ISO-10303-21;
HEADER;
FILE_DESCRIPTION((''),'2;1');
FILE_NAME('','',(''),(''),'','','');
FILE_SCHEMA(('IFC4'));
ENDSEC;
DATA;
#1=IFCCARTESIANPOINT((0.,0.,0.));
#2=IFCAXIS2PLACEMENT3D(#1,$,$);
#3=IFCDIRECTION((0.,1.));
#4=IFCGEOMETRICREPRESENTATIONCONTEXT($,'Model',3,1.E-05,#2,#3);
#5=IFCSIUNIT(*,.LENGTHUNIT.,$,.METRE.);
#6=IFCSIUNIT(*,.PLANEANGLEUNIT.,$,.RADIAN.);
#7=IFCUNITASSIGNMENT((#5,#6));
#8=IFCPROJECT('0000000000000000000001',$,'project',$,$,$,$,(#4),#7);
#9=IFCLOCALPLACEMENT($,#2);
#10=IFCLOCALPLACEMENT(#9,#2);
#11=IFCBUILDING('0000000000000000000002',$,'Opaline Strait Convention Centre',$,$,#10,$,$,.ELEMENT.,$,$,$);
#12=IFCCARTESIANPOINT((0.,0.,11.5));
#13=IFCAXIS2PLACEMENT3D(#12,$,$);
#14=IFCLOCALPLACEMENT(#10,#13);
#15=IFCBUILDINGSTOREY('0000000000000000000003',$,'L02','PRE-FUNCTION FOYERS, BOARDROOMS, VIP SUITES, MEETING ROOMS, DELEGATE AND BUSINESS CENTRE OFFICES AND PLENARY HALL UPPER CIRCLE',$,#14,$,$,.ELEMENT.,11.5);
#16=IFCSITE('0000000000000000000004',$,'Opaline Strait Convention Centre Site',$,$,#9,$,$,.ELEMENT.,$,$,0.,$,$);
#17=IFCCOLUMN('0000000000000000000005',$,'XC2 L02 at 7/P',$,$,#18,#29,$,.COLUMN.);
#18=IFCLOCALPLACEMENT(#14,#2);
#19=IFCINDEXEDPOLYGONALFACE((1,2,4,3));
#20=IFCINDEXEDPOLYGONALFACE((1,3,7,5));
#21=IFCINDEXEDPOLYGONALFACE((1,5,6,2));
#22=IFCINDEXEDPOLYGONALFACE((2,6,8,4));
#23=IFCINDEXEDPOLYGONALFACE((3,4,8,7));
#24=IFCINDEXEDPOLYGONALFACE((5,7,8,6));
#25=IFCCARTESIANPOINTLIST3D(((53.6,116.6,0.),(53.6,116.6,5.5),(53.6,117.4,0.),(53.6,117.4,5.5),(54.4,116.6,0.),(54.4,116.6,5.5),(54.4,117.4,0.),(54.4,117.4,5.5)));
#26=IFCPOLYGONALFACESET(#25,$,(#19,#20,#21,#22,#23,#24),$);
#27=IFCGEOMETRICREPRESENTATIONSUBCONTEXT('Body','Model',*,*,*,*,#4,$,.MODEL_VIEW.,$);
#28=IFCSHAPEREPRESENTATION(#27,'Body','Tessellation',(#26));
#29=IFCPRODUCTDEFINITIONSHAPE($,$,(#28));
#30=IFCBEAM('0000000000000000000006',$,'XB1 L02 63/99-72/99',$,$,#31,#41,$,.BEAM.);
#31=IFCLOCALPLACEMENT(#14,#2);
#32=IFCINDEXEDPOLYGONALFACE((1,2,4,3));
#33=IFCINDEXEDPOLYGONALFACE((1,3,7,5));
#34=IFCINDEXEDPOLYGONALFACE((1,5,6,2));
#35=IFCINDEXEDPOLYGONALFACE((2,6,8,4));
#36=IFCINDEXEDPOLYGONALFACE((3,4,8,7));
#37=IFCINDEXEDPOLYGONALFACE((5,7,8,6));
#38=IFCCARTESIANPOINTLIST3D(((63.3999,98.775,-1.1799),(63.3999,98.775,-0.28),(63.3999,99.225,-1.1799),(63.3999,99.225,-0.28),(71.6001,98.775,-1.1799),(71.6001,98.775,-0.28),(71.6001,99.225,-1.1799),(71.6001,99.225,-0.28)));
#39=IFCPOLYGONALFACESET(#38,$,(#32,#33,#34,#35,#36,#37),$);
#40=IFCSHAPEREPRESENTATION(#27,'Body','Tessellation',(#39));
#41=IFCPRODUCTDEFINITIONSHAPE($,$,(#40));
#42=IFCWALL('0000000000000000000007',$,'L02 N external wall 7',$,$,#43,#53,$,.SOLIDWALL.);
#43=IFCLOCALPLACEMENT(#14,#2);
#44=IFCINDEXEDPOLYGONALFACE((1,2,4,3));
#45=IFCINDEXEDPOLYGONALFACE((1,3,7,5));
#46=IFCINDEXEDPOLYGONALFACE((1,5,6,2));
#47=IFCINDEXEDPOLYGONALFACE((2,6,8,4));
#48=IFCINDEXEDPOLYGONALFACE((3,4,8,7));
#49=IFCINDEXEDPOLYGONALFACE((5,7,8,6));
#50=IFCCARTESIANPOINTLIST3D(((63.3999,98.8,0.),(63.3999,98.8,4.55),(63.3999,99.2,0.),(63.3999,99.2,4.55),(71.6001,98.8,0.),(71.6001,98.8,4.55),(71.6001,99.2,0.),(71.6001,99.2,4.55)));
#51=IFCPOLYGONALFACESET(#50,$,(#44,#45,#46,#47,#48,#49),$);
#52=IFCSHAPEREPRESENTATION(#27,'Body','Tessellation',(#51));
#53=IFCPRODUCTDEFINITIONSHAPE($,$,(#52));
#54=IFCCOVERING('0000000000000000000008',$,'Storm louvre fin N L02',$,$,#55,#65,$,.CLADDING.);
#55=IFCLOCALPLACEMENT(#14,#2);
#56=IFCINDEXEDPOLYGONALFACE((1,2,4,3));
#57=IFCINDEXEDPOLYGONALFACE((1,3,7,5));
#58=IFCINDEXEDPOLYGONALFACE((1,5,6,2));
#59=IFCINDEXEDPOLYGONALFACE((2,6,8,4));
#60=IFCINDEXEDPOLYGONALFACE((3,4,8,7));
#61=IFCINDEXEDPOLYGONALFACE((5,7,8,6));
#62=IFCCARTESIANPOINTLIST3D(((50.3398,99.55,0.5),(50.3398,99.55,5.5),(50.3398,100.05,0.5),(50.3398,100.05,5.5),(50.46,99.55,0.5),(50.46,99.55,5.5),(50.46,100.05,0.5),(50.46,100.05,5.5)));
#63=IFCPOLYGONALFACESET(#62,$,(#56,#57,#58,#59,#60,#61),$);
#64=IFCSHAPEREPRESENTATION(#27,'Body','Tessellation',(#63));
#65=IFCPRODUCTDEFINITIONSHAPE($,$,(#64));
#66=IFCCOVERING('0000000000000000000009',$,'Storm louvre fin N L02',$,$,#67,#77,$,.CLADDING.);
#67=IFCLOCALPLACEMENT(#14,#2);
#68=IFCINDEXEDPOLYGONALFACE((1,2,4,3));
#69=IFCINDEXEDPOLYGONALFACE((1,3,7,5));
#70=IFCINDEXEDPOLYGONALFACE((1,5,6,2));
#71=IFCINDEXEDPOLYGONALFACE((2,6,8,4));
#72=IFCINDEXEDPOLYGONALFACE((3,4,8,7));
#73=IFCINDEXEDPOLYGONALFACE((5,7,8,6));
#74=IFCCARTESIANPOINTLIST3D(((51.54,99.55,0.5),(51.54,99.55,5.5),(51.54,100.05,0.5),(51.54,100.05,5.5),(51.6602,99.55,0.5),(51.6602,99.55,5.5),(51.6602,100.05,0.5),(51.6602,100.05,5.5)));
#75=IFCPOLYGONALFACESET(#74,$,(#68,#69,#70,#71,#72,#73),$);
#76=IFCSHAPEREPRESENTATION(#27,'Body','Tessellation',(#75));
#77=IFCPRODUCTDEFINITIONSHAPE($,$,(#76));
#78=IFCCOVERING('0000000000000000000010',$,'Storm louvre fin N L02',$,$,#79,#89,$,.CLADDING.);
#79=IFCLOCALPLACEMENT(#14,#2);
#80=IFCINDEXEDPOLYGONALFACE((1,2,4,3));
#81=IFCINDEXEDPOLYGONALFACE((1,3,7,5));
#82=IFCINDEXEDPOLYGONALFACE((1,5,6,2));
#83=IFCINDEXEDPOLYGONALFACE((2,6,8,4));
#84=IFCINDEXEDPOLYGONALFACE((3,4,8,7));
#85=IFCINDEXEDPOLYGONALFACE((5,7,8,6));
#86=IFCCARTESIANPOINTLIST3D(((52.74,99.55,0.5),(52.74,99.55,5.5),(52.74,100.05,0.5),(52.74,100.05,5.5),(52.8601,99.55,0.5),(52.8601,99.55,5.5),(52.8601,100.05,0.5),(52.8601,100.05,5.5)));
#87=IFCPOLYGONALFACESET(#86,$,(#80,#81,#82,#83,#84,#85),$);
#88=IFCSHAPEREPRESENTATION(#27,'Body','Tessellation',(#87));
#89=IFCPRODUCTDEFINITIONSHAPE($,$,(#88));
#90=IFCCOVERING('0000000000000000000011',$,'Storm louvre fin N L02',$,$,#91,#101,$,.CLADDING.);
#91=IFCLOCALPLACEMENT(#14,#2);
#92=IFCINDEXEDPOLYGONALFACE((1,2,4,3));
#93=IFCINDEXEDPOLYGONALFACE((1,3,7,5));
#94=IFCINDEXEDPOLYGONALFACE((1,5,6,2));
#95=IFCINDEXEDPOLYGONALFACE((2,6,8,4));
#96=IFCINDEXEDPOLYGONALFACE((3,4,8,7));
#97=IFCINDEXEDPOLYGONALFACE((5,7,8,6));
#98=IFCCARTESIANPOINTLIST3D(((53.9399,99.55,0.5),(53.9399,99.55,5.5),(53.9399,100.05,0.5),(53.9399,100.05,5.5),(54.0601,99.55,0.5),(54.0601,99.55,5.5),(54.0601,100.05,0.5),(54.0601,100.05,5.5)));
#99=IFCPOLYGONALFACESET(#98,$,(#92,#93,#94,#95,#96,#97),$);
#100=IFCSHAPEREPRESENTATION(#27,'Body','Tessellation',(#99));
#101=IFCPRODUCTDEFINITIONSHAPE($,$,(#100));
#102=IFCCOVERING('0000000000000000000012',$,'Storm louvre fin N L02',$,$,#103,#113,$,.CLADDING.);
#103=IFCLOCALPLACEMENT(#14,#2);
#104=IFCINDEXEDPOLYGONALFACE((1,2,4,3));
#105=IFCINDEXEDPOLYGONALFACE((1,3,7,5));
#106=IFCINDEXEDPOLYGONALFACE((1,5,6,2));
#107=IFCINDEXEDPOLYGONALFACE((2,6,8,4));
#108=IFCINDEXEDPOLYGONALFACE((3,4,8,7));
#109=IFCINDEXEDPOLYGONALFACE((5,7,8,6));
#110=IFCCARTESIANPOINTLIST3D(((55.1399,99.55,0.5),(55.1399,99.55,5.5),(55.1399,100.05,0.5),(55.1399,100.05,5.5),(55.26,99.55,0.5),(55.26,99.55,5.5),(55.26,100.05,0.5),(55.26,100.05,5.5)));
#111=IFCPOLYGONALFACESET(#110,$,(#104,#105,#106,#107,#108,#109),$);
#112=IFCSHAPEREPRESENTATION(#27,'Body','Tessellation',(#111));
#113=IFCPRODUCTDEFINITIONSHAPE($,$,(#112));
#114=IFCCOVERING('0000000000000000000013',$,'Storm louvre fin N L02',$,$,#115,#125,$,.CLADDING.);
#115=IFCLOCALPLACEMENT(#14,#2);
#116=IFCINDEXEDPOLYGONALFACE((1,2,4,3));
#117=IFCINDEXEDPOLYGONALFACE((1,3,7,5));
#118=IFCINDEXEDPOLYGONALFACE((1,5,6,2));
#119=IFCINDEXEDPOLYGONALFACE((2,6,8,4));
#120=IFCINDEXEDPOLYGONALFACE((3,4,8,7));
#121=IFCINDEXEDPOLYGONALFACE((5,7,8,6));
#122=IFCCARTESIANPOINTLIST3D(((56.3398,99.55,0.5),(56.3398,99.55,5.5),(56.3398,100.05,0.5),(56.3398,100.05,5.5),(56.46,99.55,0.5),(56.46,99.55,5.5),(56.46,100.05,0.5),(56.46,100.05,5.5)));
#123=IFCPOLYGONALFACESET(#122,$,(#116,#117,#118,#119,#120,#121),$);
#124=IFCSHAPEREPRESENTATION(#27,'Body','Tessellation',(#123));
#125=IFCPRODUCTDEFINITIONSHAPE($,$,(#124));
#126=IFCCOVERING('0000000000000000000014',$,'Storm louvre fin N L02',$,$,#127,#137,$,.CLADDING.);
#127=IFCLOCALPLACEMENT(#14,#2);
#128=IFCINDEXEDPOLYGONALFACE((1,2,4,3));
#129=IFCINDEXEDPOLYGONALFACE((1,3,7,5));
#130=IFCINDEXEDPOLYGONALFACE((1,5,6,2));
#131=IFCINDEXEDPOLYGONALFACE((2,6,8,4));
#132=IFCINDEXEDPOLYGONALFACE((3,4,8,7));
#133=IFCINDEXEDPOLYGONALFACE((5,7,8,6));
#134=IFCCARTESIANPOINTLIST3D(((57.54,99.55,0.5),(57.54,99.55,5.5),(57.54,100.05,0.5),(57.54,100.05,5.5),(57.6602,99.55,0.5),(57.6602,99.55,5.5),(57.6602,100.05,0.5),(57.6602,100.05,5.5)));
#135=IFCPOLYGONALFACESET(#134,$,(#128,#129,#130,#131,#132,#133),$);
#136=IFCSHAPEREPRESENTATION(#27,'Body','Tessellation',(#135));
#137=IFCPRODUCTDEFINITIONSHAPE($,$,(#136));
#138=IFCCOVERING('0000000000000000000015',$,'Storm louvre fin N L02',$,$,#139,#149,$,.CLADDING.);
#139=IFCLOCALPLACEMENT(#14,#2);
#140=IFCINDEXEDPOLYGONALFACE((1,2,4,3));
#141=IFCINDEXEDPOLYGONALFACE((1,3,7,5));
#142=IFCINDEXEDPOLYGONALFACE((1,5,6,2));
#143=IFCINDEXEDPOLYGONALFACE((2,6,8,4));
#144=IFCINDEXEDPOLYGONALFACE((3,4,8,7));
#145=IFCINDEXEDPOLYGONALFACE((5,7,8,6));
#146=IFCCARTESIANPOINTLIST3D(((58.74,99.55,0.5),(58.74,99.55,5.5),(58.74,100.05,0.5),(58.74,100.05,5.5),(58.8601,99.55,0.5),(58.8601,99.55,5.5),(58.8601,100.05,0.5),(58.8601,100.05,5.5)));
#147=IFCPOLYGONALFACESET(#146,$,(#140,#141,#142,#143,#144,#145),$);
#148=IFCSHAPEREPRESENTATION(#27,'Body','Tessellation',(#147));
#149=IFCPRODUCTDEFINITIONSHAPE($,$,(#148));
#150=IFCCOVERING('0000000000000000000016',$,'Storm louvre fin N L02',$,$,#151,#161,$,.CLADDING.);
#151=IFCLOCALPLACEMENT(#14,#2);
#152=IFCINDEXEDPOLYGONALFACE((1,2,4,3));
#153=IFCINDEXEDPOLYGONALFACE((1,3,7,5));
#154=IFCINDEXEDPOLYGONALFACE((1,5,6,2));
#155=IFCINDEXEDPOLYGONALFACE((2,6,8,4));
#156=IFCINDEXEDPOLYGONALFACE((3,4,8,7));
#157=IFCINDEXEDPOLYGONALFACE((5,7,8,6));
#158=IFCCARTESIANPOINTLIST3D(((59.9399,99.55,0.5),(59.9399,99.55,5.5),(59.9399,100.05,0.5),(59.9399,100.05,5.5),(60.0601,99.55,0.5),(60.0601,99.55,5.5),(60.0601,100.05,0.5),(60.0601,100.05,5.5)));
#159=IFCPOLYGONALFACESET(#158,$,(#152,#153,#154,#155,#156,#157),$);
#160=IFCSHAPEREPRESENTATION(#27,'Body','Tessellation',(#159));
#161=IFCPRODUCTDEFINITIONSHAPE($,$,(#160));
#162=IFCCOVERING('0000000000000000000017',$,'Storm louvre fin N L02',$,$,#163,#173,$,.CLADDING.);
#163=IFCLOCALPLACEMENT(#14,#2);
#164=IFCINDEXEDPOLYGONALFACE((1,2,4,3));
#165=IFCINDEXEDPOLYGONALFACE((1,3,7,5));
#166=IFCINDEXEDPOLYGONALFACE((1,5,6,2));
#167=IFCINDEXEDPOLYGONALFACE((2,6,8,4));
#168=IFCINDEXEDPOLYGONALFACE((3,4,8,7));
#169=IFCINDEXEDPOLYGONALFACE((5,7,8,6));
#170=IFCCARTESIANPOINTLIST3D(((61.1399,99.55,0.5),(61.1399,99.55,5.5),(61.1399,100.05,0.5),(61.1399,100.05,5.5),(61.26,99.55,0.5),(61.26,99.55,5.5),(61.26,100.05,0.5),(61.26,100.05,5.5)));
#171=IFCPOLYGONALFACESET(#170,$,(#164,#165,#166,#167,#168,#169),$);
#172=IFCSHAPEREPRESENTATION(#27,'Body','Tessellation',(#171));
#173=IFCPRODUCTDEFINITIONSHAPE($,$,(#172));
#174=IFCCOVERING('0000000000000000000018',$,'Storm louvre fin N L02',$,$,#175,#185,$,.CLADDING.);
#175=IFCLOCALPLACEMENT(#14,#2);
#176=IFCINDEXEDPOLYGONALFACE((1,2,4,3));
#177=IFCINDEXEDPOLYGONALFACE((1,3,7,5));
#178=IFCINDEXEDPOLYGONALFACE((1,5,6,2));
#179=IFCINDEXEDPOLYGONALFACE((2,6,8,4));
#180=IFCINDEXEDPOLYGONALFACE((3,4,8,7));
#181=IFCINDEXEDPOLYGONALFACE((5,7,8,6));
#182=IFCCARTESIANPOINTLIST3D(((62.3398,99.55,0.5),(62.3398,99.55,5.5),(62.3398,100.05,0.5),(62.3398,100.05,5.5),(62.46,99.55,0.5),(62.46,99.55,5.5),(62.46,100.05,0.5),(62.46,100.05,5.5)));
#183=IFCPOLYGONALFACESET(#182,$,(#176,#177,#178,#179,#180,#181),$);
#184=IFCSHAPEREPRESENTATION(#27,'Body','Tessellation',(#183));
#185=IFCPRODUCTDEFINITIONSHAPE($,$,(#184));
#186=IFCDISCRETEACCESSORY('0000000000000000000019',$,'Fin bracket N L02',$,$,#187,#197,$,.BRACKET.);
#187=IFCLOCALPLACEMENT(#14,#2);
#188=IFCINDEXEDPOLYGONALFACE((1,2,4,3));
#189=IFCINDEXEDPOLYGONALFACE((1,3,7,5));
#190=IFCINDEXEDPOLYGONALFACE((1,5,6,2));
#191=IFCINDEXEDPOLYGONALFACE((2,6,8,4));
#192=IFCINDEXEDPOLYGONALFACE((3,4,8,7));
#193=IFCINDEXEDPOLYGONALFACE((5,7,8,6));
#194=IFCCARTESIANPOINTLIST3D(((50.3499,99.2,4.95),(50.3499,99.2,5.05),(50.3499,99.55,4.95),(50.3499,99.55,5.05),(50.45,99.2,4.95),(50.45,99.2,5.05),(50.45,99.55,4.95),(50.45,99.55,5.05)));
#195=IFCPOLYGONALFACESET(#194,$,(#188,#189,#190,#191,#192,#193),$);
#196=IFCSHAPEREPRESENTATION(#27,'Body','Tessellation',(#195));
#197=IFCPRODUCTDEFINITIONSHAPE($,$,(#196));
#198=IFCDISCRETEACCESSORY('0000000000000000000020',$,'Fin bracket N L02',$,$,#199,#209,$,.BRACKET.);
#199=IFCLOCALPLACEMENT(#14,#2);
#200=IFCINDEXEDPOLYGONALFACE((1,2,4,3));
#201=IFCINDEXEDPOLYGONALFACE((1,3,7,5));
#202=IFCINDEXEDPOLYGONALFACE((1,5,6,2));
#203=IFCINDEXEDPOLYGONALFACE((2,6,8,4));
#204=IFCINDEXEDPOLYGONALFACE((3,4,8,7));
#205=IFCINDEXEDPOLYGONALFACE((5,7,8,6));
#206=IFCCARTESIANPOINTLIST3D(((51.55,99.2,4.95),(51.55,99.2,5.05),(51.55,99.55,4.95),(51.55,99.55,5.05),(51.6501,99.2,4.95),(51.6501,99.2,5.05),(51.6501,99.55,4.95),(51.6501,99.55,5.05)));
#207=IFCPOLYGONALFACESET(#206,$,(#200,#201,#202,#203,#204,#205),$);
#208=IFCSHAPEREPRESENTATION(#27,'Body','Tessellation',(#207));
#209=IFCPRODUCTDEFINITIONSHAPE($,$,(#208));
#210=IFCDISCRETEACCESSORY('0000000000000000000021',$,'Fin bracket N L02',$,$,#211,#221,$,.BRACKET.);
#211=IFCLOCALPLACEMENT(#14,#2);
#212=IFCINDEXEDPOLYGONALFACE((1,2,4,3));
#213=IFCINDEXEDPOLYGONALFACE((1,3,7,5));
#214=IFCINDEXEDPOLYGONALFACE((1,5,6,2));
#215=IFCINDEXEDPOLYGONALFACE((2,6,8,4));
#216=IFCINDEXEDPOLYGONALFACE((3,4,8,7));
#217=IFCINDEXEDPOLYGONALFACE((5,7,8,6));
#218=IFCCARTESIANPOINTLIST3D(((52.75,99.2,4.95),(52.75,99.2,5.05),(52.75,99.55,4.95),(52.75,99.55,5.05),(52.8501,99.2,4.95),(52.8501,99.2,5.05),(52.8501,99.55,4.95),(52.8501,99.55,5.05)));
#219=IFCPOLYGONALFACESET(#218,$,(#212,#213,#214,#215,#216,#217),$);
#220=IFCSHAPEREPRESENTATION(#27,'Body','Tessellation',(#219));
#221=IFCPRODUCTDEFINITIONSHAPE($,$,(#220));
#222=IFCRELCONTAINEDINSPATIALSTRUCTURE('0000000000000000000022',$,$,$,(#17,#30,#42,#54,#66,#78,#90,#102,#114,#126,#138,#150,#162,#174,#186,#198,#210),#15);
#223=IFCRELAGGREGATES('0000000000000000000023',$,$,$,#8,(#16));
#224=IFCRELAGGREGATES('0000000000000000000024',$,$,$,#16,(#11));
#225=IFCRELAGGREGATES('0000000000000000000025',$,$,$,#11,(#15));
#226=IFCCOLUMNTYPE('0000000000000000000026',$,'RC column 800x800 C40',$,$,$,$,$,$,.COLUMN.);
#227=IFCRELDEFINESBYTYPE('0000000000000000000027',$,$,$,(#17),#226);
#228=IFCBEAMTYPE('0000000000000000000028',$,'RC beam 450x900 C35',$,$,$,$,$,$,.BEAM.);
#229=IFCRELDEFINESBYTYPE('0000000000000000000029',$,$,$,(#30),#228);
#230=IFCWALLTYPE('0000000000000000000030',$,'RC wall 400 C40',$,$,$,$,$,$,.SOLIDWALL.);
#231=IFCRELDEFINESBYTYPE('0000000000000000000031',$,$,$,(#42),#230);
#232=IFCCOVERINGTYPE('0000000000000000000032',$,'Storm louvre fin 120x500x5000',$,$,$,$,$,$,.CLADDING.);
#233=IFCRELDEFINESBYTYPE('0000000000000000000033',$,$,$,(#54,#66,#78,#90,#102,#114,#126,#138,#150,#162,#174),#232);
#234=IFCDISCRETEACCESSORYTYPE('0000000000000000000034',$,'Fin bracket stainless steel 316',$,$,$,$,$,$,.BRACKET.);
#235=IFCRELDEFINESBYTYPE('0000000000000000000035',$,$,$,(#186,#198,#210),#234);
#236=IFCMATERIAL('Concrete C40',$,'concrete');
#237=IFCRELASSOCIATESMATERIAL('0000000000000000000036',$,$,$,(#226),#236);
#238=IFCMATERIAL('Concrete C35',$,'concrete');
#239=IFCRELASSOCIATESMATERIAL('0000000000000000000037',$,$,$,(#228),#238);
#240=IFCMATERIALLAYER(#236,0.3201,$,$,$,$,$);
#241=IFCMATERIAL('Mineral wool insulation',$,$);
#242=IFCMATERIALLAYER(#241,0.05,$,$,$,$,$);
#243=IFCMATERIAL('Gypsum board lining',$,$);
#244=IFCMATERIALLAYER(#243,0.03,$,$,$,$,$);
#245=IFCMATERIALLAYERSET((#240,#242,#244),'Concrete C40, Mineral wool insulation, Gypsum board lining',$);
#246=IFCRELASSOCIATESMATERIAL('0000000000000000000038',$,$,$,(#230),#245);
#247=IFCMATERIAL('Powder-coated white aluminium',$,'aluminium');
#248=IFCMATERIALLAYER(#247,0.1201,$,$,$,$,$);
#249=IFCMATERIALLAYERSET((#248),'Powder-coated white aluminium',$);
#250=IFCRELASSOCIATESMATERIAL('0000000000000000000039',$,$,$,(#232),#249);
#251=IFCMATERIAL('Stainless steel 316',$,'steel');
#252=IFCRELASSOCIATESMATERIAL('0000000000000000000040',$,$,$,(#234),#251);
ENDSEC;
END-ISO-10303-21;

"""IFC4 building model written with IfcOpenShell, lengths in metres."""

from ifc_helpers import new_model, si_unit, direction, frame, frame_2d, origin, origin_2d, place, context, subcontext, project, spatial, rectangle, extrude, material, layer, layer_set, material_profile, profile_set, type_object, element, save


model = new_model("IFC4")

# Units and contexts
model_context = context("Model", 3, precision=1e-05, world=origin(), true_north=direction((0.0, 1.0)))
body_context = subcontext(model_context, "Body", "Model", "MODEL_VIEW")
ifc_project = project(units=[si_unit("LENGTHUNIT", "METRE"), si_unit("PLANEANGLEUNIT", "RADIAN")], contexts=[model_context])

# Site, building, storey
site_placement = place(None, origin())
site = spatial("IfcSite", under=ifc_project, at=site_placement, Name="Opaline Strait Convention Centre Site", CompositionType="ELEMENT", RefElevation=0.0)
building_placement = place(site_placement, origin())
building = spatial("IfcBuilding", under=site, at=building_placement, Name="Opaline Strait Convention Centre", CompositionType="ELEMENT")
storey_placement = place(building_placement, frame((0.0, 0.0, 11.5)))
storey = spatial("IfcBuildingStorey", under=building, at=storey_placement, Name="L02", Description="PRE-FUNCTION FOYERS, BOARDROOMS, VIP SUITES, MEETING ROOMS, DELEGATE AND BUSINESS CENTRE OFFICES AND PLENARY HALL UPPER CIRCLE", CompositionType="ELEMENT", Elevation=11.5)

# Column
ifc_material_1 = material(Name="Concrete C40", Category="concrete")
ifc_material_profile_1 = material_profile(ifc_material_1, rectangle(XDim=0.8, YDim=0.8, at=origin_2d()), Name="RC 800x800")
ifc_profile_set_1 = profile_set([ifc_material_profile_1], Name="Concrete C40")
column_type = type_object("IfcColumnType", Name="RC column 800x800 C40", PredefinedType="COLUMN", material=ifc_profile_set_1)
column_placement = place(storey_placement, frame((54.0, 117.0, 0.0), z_axis=(0.0, 0.0, 1.0), x_axis=(1.0, 0.0, 0.0)))
element("IfcColumn", 1, at=column_placement, inside=storey, type_object=column_type, Name="XC2 L02 at 7/P", PredefinedType="COLUMN", context=body_context, shape_type="SweptSolid", body=[
    extrude(rectangle(XDim=0.8, YDim=0.8, at=origin_2d()), origin(), (0.0, 0.0, 1.0), 5.5),
])

# Beam
ifc_material_2 = material(Name="Concrete C35", Category="concrete")
ifc_material_profile_2 = material_profile(ifc_material_2, rectangle(XDim=0.45, YDim=0.8999, at=origin_2d()), Name="RC 450x900")
ifc_profile_set_2 = profile_set([ifc_material_profile_2], Name="Concrete C35")
beam_type = type_object("IfcBeamType", Name="RC beam 450x900 C35", PredefinedType="BEAM", material=ifc_profile_set_2)
beam_placement = place(storey_placement, frame((63.3999, 99.0, -0.73), z_axis=(1.0, 0.0, 0.0), x_axis=(0.0, 1.0, 0.0)))
element("IfcBeam", 2, at=beam_placement, inside=storey, type_object=beam_type, Name="XB1 L02 63/99-72/99", PredefinedType="BEAM", context=body_context, shape_type="SweptSolid", body=[
    extrude(rectangle(XDim=0.45, YDim=0.8999, at=origin_2d()), origin(), (0.0, 0.0, 1.0), 8.2002),
])

# Wall
ifc_layer_1 = layer(ifc_material_1, 0.3201)
ifc_material_3 = material(Name="Mineral wool insulation")
ifc_layer_2 = layer(ifc_material_3, 0.05)
ifc_material_4 = material(Name="Gypsum board lining")
ifc_layer_3 = layer(ifc_material_4, 0.03)
ifc_layer_set_1 = layer_set([ifc_layer_1, ifc_layer_2, ifc_layer_3], Name="Concrete C40, Mineral wool insulation, Gypsum board lining")
wall_type = type_object("IfcWallType", Name="RC wall 400 C40", PredefinedType="SOLIDWALL", material=ifc_layer_set_1)
wall_placement = place(storey_placement, frame((63.3999, 99.0, 0.0), z_axis=(0.0, 0.0, 1.0), x_axis=(1.0, 0.0, 0.0)))
element("IfcWall", 3, at=wall_placement, inside=storey, type_object=wall_type, Name="L02 N external wall 7", PredefinedType="SOLIDWALL", context=body_context, shape_type="SweptSolid", body=[
    extrude(rectangle(XDim=8.2002, YDim=0.3999, at=frame_2d((4.1001, 0.0))), origin(), (0.0, 0.0, 1.0), 4.55),
])

# Coverings
ifc_material_5 = material(Name="Powder-coated white aluminium", Category="aluminium")
ifc_layer_4 = layer(ifc_material_5, 0.1201)
ifc_layer_set_2 = layer_set([ifc_layer_4], Name="Powder-coated white aluminium")
covering_type = type_object("IfcCoveringType", Name="Storm louvre fin 120x500x5000", PredefinedType="CLADDING", material=ifc_layer_set_2)
for number, where, z_axis, x_axis, name in (
    (4, (50.3999, 99.8, 0.5), (0.0, 0.0, 1.0), (1.0, 0.0, 0.0), "Storm louvre fin N L02"),
    (5, (51.6001, 99.8, 0.5), (0.0, 0.0, 1.0), (1.0, 0.0, 0.0), "Storm louvre fin N L02"),
    (6, (52.8, 99.8, 0.5), (0.0, 0.0, 1.0), (1.0, 0.0, 0.0), "Storm louvre fin N L02"),
    (7, (54.0, 99.8, 0.5), (0.0, 0.0, 1.0), (1.0, 0.0, 0.0), "Storm louvre fin N L02"),
    (8, (55.2, 99.8, 0.5), (0.0, 0.0, 1.0), (1.0, 0.0, 0.0), "Storm louvre fin N L02"),
    (9, (56.3999, 99.8, 0.5), (0.0, 0.0, 1.0), (1.0, 0.0, 0.0), "Storm louvre fin N L02"),
    (10, (57.6001, 99.8, 0.5), (0.0, 0.0, 1.0), (1.0, 0.0, 0.0), "Storm louvre fin N L02"),
    (11, (58.8, 99.8, 0.5), (0.0, 0.0, 1.0), (1.0, 0.0, 0.0), "Storm louvre fin N L02"),
    (12, (60.0, 99.8, 0.5), (0.0, 0.0, 1.0), (1.0, 0.0, 0.0), "Storm louvre fin N L02"),
    (13, (61.2, 99.8, 0.5), (0.0, 0.0, 1.0), (1.0, 0.0, 0.0), "Storm louvre fin N L02"),
    (14, (62.3999, 99.8, 0.5), (0.0, 0.0, 1.0), (1.0, 0.0, 0.0), "Storm louvre fin N L02"),
):
    element("IfcCovering", number, at=place(storey_placement, frame(where, z_axis=z_axis, x_axis=x_axis)), inside=storey, type_object=covering_type, Name=name, PredefinedType="CLADDING", context=body_context, shape_type="SweptSolid", body=[
        extrude(rectangle(XDim=0.1201, YDim=0.5, at=origin_2d()), origin(), (0.0, 0.0, 1.0), 5.0),
    ])

# Discrete accessories
ifc_material_6 = material(Name="Stainless steel 316", Category="steel")
discrete_accessory_type = type_object("IfcDiscreteAccessoryType", Name="Fin bracket stainless steel 316", PredefinedType="BRACKET", material=ifc_material_6)
for number, where, z_axis, x_axis, name in (
    (15, (50.3999, 99.375, 4.95), (0.0, 0.0, 1.0), (1.0, 0.0, 0.0), "Fin bracket N L02"),
    (16, (51.6001, 99.375, 4.95), (0.0, 0.0, 1.0), (1.0, 0.0, 0.0), "Fin bracket N L02"),
    (17, (52.8, 99.375, 4.95), (0.0, 0.0, 1.0), (1.0, 0.0, 0.0), "Fin bracket N L02"),
):
    element("IfcDiscreteAccessory", number, at=place(storey_placement, frame(where, z_axis=z_axis, x_axis=x_axis)), inside=storey, type_object=discrete_accessory_type, Name=name, PredefinedType="BRACKET", context=body_context, shape_type="SweptSolid", body=[
        extrude(rectangle(XDim=0.1001, YDim=0.3501, at=origin_2d()), origin(), (0.0, 0.0, 1.0), 0.1001),
    ])

save(model, "model.ifc")
